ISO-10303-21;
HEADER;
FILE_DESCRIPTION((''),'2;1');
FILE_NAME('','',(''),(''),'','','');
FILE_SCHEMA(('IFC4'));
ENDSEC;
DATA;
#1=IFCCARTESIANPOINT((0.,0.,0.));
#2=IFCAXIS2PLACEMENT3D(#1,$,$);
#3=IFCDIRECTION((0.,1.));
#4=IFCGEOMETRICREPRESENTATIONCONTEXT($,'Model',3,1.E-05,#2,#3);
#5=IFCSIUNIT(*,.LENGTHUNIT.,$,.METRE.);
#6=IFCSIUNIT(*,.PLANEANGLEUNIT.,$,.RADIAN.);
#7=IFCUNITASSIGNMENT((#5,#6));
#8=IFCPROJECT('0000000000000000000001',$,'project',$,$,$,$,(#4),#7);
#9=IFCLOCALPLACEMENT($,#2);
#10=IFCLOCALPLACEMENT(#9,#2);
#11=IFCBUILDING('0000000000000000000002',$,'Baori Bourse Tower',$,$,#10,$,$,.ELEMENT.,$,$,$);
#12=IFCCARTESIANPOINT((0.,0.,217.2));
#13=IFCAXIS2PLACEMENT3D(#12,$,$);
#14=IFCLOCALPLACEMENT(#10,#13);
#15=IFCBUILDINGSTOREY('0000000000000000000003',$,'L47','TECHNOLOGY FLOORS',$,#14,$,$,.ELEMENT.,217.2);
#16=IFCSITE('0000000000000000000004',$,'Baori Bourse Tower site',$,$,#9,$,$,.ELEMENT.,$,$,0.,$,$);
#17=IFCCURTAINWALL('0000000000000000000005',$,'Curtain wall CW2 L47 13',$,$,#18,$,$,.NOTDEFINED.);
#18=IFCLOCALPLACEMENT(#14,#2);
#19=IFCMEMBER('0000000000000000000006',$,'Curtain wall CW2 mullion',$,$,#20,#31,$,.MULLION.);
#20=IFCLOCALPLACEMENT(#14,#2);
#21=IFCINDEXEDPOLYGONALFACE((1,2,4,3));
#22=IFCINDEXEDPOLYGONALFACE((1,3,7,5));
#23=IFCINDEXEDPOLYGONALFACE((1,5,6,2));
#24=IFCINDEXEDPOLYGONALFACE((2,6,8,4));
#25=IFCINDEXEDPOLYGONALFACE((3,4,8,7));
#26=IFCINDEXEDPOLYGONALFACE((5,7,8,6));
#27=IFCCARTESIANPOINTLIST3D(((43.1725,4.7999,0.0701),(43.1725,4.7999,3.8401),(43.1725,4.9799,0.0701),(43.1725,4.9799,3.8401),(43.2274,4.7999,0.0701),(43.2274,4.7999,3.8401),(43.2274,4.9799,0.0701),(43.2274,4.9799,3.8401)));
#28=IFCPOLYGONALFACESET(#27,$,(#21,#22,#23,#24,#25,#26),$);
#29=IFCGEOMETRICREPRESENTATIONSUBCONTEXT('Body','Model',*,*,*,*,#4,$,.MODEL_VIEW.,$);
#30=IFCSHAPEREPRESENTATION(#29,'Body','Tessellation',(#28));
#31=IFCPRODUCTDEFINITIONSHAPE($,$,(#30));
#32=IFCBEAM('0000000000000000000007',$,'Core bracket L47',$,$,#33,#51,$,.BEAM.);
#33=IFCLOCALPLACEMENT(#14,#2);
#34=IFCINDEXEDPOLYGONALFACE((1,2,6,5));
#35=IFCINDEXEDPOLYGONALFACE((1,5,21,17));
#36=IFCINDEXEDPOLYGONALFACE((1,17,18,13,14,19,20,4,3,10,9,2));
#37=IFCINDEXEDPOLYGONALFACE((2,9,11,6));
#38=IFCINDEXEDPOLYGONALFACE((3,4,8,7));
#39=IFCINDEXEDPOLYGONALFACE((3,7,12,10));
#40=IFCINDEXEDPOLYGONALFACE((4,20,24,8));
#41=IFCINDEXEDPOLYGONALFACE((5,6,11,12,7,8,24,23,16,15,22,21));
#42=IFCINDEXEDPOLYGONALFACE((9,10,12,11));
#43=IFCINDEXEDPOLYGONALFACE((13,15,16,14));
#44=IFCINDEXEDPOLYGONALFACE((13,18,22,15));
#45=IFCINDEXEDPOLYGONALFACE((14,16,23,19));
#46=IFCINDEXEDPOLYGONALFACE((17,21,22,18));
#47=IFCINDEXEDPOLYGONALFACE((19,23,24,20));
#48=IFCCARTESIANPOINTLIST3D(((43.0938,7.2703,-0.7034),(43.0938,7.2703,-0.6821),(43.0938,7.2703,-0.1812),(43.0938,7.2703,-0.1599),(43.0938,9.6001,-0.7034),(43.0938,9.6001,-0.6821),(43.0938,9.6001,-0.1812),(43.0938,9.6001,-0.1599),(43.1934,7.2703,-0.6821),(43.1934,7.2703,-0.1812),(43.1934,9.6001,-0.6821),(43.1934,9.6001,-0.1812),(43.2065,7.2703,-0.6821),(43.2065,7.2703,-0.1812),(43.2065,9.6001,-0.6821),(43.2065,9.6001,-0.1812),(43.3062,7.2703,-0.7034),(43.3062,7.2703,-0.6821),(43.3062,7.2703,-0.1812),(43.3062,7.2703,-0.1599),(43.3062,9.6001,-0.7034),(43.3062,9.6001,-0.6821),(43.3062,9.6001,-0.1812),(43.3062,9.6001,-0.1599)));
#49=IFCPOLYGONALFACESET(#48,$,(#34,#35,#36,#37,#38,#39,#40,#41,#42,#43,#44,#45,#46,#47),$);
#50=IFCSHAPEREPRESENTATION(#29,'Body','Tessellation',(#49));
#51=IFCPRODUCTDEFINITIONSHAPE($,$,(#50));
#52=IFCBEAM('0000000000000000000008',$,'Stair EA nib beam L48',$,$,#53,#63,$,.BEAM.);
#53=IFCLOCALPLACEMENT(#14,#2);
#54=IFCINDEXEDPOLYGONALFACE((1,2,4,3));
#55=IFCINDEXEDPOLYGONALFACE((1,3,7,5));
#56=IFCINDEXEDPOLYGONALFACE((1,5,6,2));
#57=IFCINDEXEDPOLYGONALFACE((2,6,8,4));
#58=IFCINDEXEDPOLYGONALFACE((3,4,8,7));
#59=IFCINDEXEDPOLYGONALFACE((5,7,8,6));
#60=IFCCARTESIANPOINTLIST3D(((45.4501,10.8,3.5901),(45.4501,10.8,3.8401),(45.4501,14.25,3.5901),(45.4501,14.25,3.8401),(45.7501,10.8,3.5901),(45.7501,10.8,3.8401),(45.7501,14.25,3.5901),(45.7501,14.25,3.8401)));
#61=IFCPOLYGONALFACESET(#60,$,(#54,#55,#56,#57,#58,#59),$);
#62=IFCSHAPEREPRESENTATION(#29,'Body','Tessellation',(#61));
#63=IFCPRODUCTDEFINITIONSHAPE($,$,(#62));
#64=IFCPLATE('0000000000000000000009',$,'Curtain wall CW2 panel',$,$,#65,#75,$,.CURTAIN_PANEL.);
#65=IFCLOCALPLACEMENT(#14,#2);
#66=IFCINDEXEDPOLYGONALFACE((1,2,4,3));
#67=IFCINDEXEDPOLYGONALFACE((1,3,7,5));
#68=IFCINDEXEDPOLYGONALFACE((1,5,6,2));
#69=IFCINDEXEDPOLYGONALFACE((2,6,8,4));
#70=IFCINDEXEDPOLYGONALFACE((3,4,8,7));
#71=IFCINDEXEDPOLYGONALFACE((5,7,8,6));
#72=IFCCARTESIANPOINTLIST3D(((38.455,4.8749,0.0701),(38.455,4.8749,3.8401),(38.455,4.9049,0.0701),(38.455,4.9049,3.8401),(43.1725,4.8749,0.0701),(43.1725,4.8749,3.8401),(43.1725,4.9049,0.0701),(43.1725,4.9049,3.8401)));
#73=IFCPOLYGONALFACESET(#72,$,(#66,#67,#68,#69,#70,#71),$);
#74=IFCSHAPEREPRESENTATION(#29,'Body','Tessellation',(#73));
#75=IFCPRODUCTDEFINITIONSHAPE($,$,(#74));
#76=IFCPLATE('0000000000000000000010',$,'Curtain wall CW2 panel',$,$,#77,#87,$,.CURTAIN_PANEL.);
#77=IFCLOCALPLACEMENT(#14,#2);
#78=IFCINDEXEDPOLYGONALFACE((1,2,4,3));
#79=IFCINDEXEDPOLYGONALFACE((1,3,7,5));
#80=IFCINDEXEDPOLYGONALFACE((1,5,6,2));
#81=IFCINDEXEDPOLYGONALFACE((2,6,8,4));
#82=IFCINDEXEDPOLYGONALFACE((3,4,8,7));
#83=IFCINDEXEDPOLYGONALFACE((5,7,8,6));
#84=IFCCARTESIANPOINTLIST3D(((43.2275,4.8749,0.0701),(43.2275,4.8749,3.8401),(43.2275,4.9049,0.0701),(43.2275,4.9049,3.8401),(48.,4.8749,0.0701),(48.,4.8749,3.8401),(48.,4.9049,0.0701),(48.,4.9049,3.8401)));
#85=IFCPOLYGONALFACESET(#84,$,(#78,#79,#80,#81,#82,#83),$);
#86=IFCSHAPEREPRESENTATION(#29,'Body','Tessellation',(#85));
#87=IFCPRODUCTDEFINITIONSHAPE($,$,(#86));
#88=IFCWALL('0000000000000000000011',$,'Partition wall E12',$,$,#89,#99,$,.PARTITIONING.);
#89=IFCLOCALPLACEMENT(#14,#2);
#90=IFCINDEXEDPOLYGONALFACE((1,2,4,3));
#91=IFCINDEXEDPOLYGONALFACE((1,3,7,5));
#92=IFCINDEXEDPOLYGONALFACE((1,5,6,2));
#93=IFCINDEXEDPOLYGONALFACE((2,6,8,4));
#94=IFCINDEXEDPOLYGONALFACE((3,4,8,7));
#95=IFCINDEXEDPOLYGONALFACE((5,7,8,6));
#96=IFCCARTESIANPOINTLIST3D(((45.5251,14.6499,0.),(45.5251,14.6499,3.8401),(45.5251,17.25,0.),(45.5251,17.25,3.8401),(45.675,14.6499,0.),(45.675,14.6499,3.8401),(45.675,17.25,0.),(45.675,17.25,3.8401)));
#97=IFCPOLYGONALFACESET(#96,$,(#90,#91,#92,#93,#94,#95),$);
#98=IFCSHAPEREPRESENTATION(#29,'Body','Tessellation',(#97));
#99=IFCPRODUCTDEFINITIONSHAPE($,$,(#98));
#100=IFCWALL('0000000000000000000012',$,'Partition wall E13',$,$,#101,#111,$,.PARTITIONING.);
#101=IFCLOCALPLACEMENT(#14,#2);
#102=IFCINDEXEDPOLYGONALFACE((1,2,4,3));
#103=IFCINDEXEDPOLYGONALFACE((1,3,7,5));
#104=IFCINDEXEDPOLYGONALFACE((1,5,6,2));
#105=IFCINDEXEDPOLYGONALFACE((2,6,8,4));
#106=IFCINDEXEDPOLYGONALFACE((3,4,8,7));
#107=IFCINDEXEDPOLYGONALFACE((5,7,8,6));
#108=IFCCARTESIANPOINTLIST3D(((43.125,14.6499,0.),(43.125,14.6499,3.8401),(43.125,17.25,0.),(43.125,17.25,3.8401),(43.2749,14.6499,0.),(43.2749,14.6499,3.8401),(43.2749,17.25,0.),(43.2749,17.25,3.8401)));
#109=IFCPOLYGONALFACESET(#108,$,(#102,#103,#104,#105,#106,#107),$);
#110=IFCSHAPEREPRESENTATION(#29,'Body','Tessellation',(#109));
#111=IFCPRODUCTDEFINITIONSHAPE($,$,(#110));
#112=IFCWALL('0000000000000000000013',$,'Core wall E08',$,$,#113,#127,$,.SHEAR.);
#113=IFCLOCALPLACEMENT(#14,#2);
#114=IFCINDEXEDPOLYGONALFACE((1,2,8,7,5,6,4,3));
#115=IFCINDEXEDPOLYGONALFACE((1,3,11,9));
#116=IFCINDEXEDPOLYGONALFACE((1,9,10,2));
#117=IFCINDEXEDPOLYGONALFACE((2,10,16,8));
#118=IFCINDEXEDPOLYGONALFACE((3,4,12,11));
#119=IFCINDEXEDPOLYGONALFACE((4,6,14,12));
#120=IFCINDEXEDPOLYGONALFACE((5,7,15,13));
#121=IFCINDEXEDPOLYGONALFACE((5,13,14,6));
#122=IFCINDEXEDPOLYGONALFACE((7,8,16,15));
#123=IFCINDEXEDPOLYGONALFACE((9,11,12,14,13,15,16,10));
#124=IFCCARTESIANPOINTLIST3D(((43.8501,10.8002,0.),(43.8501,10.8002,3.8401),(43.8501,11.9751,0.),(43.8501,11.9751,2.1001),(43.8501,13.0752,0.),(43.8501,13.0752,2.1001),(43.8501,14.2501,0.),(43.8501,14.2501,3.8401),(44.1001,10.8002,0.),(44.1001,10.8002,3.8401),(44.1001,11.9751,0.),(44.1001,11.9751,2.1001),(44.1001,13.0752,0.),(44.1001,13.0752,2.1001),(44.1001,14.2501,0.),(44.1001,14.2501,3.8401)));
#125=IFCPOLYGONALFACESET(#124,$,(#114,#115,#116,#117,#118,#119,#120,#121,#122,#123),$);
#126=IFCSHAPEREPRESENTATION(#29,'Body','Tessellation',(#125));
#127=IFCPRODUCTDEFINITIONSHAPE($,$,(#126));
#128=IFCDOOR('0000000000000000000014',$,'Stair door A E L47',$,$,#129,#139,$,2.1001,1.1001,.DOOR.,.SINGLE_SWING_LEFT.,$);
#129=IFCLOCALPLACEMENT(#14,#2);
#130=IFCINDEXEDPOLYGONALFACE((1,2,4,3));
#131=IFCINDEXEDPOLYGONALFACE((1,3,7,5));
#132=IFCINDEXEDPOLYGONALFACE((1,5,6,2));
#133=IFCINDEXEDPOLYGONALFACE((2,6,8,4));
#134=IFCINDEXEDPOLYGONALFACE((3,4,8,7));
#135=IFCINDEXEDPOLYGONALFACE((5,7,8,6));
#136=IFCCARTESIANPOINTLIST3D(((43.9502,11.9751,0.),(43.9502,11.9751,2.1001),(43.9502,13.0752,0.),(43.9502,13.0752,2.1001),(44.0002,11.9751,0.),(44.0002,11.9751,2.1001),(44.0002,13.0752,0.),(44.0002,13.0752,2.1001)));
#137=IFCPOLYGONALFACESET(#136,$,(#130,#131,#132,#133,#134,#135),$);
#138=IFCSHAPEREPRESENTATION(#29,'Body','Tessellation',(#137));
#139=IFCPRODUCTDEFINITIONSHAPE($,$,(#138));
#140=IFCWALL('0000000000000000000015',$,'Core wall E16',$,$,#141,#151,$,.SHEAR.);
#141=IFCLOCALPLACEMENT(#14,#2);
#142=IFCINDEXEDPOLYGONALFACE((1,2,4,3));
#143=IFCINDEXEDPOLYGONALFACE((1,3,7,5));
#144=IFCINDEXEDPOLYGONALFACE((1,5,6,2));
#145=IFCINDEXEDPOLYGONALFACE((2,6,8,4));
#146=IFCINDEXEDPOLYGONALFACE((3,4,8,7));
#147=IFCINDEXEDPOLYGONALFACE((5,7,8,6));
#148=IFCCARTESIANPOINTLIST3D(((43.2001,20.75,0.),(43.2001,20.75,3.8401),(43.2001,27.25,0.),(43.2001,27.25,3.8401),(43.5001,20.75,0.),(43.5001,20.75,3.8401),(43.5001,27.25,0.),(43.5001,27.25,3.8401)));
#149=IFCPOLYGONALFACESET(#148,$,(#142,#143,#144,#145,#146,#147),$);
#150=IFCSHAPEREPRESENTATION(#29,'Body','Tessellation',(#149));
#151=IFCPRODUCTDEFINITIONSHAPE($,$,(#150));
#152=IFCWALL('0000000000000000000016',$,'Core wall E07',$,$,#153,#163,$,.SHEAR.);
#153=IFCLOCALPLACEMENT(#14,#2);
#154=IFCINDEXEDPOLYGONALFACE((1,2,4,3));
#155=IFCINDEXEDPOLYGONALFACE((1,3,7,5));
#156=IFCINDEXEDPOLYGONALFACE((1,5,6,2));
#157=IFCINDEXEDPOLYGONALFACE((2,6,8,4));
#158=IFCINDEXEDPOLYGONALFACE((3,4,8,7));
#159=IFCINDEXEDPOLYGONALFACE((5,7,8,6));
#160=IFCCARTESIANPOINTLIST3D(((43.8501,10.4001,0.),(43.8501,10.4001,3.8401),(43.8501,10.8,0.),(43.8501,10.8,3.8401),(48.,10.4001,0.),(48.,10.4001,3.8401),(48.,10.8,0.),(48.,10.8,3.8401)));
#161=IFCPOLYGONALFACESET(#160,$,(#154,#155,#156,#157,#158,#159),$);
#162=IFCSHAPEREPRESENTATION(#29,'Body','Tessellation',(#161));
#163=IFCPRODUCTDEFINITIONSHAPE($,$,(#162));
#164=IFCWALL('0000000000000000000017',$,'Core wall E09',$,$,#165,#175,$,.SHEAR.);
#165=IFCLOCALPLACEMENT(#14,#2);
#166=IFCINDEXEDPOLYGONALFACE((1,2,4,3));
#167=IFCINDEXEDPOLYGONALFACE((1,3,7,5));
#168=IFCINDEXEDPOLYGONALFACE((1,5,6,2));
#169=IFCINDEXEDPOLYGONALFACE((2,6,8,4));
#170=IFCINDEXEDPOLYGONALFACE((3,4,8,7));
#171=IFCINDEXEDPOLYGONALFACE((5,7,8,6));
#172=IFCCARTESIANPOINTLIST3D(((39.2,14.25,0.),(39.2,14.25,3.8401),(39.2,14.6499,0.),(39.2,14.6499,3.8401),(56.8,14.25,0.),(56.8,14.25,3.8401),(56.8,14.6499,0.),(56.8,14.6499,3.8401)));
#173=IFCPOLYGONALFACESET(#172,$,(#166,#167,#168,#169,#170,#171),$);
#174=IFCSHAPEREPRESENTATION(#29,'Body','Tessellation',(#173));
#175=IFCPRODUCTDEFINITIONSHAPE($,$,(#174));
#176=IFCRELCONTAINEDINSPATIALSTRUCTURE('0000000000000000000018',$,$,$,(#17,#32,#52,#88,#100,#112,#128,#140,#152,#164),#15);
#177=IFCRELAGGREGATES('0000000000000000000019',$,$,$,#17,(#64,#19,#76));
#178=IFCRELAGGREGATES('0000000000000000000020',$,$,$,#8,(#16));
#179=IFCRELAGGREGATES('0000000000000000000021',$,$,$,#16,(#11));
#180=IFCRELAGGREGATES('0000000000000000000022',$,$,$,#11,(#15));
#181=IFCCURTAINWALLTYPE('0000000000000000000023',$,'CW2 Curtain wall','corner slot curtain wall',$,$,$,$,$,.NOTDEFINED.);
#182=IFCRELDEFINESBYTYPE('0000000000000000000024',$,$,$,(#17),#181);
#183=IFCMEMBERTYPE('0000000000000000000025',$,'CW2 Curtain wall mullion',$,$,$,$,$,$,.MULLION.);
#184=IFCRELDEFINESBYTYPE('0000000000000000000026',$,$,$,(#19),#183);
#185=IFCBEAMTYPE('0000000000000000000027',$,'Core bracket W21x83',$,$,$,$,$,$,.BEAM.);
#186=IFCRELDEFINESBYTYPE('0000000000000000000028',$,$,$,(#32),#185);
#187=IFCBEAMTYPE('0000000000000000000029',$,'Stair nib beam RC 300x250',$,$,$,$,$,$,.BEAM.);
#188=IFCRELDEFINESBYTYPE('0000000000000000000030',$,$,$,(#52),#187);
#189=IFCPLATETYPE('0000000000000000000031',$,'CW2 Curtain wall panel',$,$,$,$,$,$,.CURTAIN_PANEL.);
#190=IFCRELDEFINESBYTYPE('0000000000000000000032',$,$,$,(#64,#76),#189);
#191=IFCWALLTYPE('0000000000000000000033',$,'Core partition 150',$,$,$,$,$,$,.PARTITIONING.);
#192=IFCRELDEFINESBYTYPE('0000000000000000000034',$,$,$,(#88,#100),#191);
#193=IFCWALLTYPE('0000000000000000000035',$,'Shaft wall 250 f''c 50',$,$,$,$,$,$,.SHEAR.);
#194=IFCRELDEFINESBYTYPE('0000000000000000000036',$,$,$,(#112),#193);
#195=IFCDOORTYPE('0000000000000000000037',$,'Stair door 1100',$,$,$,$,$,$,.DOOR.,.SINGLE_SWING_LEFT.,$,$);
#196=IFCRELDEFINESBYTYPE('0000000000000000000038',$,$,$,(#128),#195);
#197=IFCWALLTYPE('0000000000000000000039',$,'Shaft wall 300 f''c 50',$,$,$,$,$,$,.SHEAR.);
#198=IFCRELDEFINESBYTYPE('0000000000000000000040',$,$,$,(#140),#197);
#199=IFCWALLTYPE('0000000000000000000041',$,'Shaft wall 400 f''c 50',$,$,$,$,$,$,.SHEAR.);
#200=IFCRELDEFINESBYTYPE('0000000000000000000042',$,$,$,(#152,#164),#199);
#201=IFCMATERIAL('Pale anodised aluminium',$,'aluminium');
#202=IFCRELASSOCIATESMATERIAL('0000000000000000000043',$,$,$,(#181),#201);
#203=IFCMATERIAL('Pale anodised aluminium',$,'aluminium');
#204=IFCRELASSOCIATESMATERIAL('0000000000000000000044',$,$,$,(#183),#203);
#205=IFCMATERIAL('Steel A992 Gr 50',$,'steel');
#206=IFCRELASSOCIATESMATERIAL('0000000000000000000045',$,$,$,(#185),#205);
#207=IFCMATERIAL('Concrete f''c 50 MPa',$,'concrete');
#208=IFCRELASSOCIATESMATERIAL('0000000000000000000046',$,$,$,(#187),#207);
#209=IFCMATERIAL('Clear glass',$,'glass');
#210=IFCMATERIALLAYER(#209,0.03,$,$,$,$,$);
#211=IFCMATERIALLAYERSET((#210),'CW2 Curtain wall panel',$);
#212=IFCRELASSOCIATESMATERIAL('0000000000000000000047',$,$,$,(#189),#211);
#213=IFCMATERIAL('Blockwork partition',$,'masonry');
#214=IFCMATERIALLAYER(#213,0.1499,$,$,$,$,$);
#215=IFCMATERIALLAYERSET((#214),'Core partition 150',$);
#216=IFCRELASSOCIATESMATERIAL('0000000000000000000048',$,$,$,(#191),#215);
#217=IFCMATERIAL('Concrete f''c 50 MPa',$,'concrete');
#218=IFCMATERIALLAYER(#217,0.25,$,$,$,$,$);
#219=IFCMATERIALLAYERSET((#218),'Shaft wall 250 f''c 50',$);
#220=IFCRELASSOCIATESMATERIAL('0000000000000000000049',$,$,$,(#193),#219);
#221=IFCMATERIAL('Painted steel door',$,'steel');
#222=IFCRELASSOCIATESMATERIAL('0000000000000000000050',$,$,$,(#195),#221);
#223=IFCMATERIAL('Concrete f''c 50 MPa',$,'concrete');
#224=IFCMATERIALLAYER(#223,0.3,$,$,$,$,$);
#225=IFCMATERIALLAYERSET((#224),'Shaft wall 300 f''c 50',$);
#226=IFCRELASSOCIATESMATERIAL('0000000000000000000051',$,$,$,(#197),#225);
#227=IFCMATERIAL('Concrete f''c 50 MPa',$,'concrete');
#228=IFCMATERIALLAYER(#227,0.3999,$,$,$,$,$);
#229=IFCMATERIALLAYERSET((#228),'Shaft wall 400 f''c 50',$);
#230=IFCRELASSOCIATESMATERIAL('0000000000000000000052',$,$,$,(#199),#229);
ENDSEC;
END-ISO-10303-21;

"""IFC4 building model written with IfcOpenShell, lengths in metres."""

from ifc_helpers import new_model, si_unit, direction, frame, frame_2d, origin, origin_2d, place, context, subcontext, project, spatial, rectangle, i_section, extrude, material, layer, layer_set, material_profile, profile_set, type_object, element, fill, aggregate, save


model = new_model("IFC4")

# Units and contexts
model_context = context("Model", 3, precision=1e-05, world=origin(), true_north=direction((0.0, 1.0)))
body_context = subcontext(model_context, "Body", "Model", "MODEL_VIEW")
ifc_project = project(units=[si_unit("LENGTHUNIT", "METRE"), si_unit("PLANEANGLEUNIT", "RADIAN")], contexts=[model_context])

# Site, building, storey
site_placement = place(None, origin())
site = spatial("IfcSite", under=ifc_project, at=site_placement, Name="Baori Bourse Tower site", CompositionType="ELEMENT", RefElevation=0.0)
building_placement = place(site_placement, origin())
building = spatial("IfcBuilding", under=site, at=building_placement, Name="Baori Bourse Tower", CompositionType="ELEMENT")
storey_placement = place(building_placement, frame((0.0, 0.0, 217.2)))
storey = spatial("IfcBuildingStorey", under=building, at=storey_placement, Name="L47", Description="TECHNOLOGY FLOORS", CompositionType="ELEMENT", Elevation=217.2)

# Curtain wall, member
ifc_material_1 = material(Name="Pale anodised aluminium", Category="aluminium")
curtain_wall_type = type_object("IfcCurtainWallType", Name="CW2 Curtain wall", Description="corner slot curtain wall", PredefinedType="NOTDEFINED", material=ifc_material_1)
curtain_wall_placement = place(storey_placement, origin())
curtain_wall = element("IfcCurtainWall", 1, at=curtain_wall_placement, inside=storey, type_object=curtain_wall_type, Name="Curtain wall CW2 L47 13", PredefinedType="NOTDEFINED")
ifc_material_2 = material(Name="Pale anodised aluminium", Category="aluminium")
ifc_material_profile_1 = material_profile(ifc_material_2, rectangle(XDim=0.1799, YDim=0.0549, at=origin_2d()), Name="Mullion 55x180")
ifc_profile_set_1 = profile_set([ifc_material_profile_1], Name="Pale anodised aluminium")
member_type = type_object("IfcMemberType", Name="CW2 Curtain wall mullion", PredefinedType="MULLION", material=ifc_profile_set_1)
member_placement = place(storey_placement, frame((43.2, 4.8899, 0.0701), z_axis=(0.0, 0.0, 1.0), x_axis=(0.0, 1.0, 0.0)))
member = element("IfcMember", 2, at=member_placement, type_object=member_type, Name="Curtain wall CW2 mullion", PredefinedType="MULLION", context=body_context, shape_type="SweptSolid", body=[
    extrude(rectangle(XDim=0.1799, YDim=0.0549, at=origin_2d()), origin(), (0.0, 0.0, 1.0), 3.77),
])

# Beams
ifc_material_3 = material(Name="Steel A992 Gr 50", Category="steel")
ifc_material_profile_2 = material_profile(ifc_material_3, i_section(OverallWidth=0.2124, OverallDepth=0.5435, WebThickness=0.0132, FlangeThickness=0.0212, at=origin_2d()), Name="W21x83")
ifc_profile_set_2 = profile_set([ifc_material_profile_2], Name="Steel A992 Gr 50")
beam_type_1 = type_object("IfcBeamType", Name="Core bracket W21x83", PredefinedType="BEAM", material=ifc_profile_set_2)
beam_1_placement = place(storey_placement, frame((43.2, 7.2703, -0.4316), z_axis=(0.0, 1.0, 0.0), x_axis=(-1.0, 0.0, 0.0)))
element("IfcBeam", 3, at=beam_1_placement, inside=storey, type_object=beam_type_1, Name="Core bracket L47", PredefinedType="BEAM", context=body_context, shape_type="SweptSolid", body=[
    extrude(i_section(OverallWidth=0.2124, OverallDepth=0.5435, WebThickness=0.0132, FlangeThickness=0.0212, at=origin_2d()), origin(), (0.0, 0.0, 1.0), 2.3298),
])
ifc_material_4 = material(Name="Concrete f'c 50 MPa", Category="concrete")
ifc_material_profile_3 = material_profile(ifc_material_4, rectangle(XDim=0.3, YDim=0.25, at=origin_2d()), Name="RC 300x250")
ifc_profile_set_3 = profile_set([ifc_material_profile_3], Name="Concrete f'c 50 MPa")
beam_type_2 = type_object("IfcBeamType", Name="Stair nib beam RC 300x250", PredefinedType="BEAM", material=ifc_profile_set_3)
beam_2_placement = place(storey_placement, frame((45.6001, 10.8, 3.7151), z_axis=(0.0, 1.0, 0.0), x_axis=(-1.0, 0.0, 0.0)))
element("IfcBeam", 4, at=beam_2_placement, inside=storey, type_object=beam_type_2, Name="Stair EA nib beam L48", PredefinedType="BEAM", context=body_context, shape_type="SweptSolid", body=[
    extrude(rectangle(XDim=0.3, YDim=0.25, at=origin_2d()), origin(), (0.0, 0.0, 1.0), 3.45),
])

# Plates
ifc_material_5 = material(Name="Clear glass", Category="glass")
ifc_layer_1 = layer(ifc_material_5, 0.03)
ifc_layer_set_1 = layer_set([ifc_layer_1], Name="CW2 Curtain wall panel")
plate_type = type_object("IfcPlateType", Name="CW2 Curtain wall panel", PredefinedType="CURTAIN_PANEL", material=ifc_layer_set_1)
plate_1_placement = place(storey_placement, frame((40.8137, 4.8899, 0.0701), z_axis=(0.0, 0.0, 1.0), x_axis=(1.0, 0.0, 0.0)))
plate_1 = element("IfcPlate", 5, at=plate_1_placement, type_object=plate_type, Name="Curtain wall CW2 panel", PredefinedType="CURTAIN_PANEL", context=body_context, shape_type="SweptSolid", body=[
    extrude(rectangle(XDim=4.7175, YDim=0.03, at=origin_2d()), origin(), (0.0, 0.0, 1.0), 3.77),
])
plate_2_placement = place(storey_placement, frame((45.6138, 4.8899, 0.0701), z_axis=(0.0, 0.0, 1.0), x_axis=(1.0, 0.0, 0.0)))
plate_2 = element("IfcPlate", 6, at=plate_2_placement, type_object=plate_type, Name="Curtain wall CW2 panel", PredefinedType="CURTAIN_PANEL", context=body_context, shape_type="SweptSolid", body=[
    extrude(rectangle(XDim=4.7725, YDim=0.03, at=origin_2d()), origin(), (0.0, 0.0, 1.0), 3.77),
])
aggregate(curtain_wall, [plate_1, member, plate_2])

# Walls
ifc_material_6 = material(Name="Blockwork partition", Category="masonry")
ifc_layer_2 = layer(ifc_material_6, 0.1499)
ifc_layer_set_2 = layer_set([ifc_layer_2], Name="Core partition 150")
wall_type_1 = type_object("IfcWallType", Name="Core partition 150", PredefinedType="PARTITIONING", material=ifc_layer_set_2)
for number, where, z_axis, x_axis, name in (
    (7, (45.6001, 14.6499, 0.0), (0.0, 0.0, 1.0), (0.0, 1.0, 0.0), "Partition wall E12"),
    (8, (43.2, 14.6499, 0.0), (0.0, 0.0, 1.0), (0.0, 1.0, 0.0), "Partition wall E13"),
):
    element("IfcWall", number, at=place(storey_placement, frame(where, z_axis=z_axis, x_axis=x_axis)), inside=storey, type_object=wall_type_1, Name=name, PredefinedType="PARTITIONING", context=body_context, shape_type="SweptSolid", body=[
        extrude(rectangle(XDim=2.6001, YDim=0.1499, at=frame_2d((1.3, 0.0))), origin(), (0.0, 0.0, 1.0), 3.8401),
    ])

# Wall, opening, door
ifc_material_7 = material(Name="Concrete f'c 50 MPa", Category="concrete")
ifc_layer_3 = layer(ifc_material_7, 0.25)
ifc_layer_set_3 = layer_set([ifc_layer_3], Name="Shaft wall 250 f'c 50")
wall_type_2 = type_object("IfcWallType", Name="Shaft wall 250 f'c 50", PredefinedType="SHEAR", material=ifc_layer_set_3)
wall_1_placement = place(storey_placement, frame((43.9751, 10.8, 0.0), z_axis=(0.0, 0.0, 1.0), x_axis=(0.0, 1.0, 0.0)))
wall_1 = element("IfcWall", 9, at=wall_1_placement, inside=storey, type_object=wall_type_2, Name="Core wall E08", PredefinedType="SHEAR", context=body_context, shape_type="SweptSolid", body=[
    extrude(rectangle(XDim=3.45, YDim=0.25, at=frame_2d((1.7251, 0.0))), origin(), (0.0, 0.0, 1.0), 3.8401),
])
opening_1_placement = place(wall_1_placement, frame((1.175, 0.0, 0.0)))
opening_1 = element("IfcOpeningElement", 10, at=opening_1_placement, cuts=wall_1, PredefinedType="OPENING", context=body_context, shape_type="SweptSolid", body=[
    extrude(rectangle(XDim=1.1001, YDim=2.1001, at=frame_2d((0.55, 1.05))), frame((0.0, 0.135, 0.0), z_axis=(0.0, -1.0, 0.0), x_axis=(1.0, 0.0, 0.0)), (0.0, 0.0, 1.0), 0.27),
])
ifc_material_8 = material(Name="Painted steel door", Category="steel")
door_type_1 = type_object("IfcDoorType", Name="Stair door 1100", OperationType="SINGLE_SWING_LEFT", PredefinedType="DOOR", material=ifc_material_8)
door_1_placement = place(opening_1_placement, origin())
door_1 = element("IfcDoor", 11, at=door_1_placement, inside=storey, type_object=door_type_1, Name="Stair door A E L47", OperationType="SINGLE_SWING_LEFT", OverallHeight=2.1001, OverallWidth=1.1001, PredefinedType="DOOR", context=body_context, shape_type="SweptSolid", body=[
    extrude(rectangle(XDim=1.1001, YDim=2.1001, at=frame_2d((0.55, 1.05))), frame((0.0, 0.0249, 0.0), z_axis=(0.0, -1.0, 0.0), x_axis=(1.0, 0.0, 0.0)), (0.0, 0.0, 1.0), 0.05),
])
fill(opening_1, door_1)

# Walls
ifc_material_9 = material(Name="Concrete f'c 50 MPa", Category="concrete")
ifc_layer_4 = layer(ifc_material_9, 0.3)
ifc_layer_set_4 = layer_set([ifc_layer_4], Name="Shaft wall 300 f'c 50")
wall_type_3 = type_object("IfcWallType", Name="Shaft wall 300 f'c 50", PredefinedType="SHEAR", material=ifc_layer_set_4)
wall_2_placement = place(storey_placement, frame((43.3501, 20.75, 0.0), z_axis=(0.0, 0.0, 1.0), x_axis=(0.0, 1.0, 0.0)))
element("IfcWall", 12, at=wall_2_placement, inside=storey, type_object=wall_type_3, Name="Core wall E16", PredefinedType="SHEAR", context=body_context, shape_type="SweptSolid", body=[
    extrude(rectangle(XDim=6.5, YDim=0.3, at=frame_2d((3.25, 0.0))), origin(), (0.0, 0.0, 1.0), 3.8401),
])
ifc_material_10 = material(Name="Concrete f'c 50 MPa", Category="concrete")
ifc_layer_5 = layer(ifc_material_10, 0.3999)
ifc_layer_set_5 = layer_set([ifc_layer_5], Name="Shaft wall 400 f'c 50")
wall_type_4 = type_object("IfcWallType", Name="Shaft wall 400 f'c 50", PredefinedType="SHEAR", material=ifc_layer_set_5)
wall_3_placement = place(storey_placement, frame((43.8501, 10.6001, 0.0), z_axis=(0.0, 0.0, 1.0), x_axis=(1.0, 0.0, 0.0)))
element("IfcWall", 13, at=wall_3_placement, inside=storey, type_object=wall_type_4, Name="Core wall E07", PredefinedType="SHEAR", context=body_context, shape_type="SweptSolid", body=[
    extrude(rectangle(XDim=4.1499, YDim=0.3999, at=frame_2d((2.075, 0.0))), origin(), (0.0, 0.0, 1.0), 3.8401),
])
wall_4_placement = place(storey_placement, frame((39.2, 14.45, 0.0), z_axis=(0.0, 0.0, 1.0), x_axis=(1.0, 0.0, 0.0)))
element("IfcWall", 14, at=wall_4_placement, inside=storey, type_object=wall_type_4, Name="Core wall E09", PredefinedType="SHEAR", context=body_context, shape_type="SweptSolid", body=[
    extrude(rectangle(XDim=17.6001, YDim=0.3999, at=frame_2d((8.8, 0.0))), origin(), (0.0, 0.0, 1.0), 3.8401),
])

save(model, "model.ifc")
